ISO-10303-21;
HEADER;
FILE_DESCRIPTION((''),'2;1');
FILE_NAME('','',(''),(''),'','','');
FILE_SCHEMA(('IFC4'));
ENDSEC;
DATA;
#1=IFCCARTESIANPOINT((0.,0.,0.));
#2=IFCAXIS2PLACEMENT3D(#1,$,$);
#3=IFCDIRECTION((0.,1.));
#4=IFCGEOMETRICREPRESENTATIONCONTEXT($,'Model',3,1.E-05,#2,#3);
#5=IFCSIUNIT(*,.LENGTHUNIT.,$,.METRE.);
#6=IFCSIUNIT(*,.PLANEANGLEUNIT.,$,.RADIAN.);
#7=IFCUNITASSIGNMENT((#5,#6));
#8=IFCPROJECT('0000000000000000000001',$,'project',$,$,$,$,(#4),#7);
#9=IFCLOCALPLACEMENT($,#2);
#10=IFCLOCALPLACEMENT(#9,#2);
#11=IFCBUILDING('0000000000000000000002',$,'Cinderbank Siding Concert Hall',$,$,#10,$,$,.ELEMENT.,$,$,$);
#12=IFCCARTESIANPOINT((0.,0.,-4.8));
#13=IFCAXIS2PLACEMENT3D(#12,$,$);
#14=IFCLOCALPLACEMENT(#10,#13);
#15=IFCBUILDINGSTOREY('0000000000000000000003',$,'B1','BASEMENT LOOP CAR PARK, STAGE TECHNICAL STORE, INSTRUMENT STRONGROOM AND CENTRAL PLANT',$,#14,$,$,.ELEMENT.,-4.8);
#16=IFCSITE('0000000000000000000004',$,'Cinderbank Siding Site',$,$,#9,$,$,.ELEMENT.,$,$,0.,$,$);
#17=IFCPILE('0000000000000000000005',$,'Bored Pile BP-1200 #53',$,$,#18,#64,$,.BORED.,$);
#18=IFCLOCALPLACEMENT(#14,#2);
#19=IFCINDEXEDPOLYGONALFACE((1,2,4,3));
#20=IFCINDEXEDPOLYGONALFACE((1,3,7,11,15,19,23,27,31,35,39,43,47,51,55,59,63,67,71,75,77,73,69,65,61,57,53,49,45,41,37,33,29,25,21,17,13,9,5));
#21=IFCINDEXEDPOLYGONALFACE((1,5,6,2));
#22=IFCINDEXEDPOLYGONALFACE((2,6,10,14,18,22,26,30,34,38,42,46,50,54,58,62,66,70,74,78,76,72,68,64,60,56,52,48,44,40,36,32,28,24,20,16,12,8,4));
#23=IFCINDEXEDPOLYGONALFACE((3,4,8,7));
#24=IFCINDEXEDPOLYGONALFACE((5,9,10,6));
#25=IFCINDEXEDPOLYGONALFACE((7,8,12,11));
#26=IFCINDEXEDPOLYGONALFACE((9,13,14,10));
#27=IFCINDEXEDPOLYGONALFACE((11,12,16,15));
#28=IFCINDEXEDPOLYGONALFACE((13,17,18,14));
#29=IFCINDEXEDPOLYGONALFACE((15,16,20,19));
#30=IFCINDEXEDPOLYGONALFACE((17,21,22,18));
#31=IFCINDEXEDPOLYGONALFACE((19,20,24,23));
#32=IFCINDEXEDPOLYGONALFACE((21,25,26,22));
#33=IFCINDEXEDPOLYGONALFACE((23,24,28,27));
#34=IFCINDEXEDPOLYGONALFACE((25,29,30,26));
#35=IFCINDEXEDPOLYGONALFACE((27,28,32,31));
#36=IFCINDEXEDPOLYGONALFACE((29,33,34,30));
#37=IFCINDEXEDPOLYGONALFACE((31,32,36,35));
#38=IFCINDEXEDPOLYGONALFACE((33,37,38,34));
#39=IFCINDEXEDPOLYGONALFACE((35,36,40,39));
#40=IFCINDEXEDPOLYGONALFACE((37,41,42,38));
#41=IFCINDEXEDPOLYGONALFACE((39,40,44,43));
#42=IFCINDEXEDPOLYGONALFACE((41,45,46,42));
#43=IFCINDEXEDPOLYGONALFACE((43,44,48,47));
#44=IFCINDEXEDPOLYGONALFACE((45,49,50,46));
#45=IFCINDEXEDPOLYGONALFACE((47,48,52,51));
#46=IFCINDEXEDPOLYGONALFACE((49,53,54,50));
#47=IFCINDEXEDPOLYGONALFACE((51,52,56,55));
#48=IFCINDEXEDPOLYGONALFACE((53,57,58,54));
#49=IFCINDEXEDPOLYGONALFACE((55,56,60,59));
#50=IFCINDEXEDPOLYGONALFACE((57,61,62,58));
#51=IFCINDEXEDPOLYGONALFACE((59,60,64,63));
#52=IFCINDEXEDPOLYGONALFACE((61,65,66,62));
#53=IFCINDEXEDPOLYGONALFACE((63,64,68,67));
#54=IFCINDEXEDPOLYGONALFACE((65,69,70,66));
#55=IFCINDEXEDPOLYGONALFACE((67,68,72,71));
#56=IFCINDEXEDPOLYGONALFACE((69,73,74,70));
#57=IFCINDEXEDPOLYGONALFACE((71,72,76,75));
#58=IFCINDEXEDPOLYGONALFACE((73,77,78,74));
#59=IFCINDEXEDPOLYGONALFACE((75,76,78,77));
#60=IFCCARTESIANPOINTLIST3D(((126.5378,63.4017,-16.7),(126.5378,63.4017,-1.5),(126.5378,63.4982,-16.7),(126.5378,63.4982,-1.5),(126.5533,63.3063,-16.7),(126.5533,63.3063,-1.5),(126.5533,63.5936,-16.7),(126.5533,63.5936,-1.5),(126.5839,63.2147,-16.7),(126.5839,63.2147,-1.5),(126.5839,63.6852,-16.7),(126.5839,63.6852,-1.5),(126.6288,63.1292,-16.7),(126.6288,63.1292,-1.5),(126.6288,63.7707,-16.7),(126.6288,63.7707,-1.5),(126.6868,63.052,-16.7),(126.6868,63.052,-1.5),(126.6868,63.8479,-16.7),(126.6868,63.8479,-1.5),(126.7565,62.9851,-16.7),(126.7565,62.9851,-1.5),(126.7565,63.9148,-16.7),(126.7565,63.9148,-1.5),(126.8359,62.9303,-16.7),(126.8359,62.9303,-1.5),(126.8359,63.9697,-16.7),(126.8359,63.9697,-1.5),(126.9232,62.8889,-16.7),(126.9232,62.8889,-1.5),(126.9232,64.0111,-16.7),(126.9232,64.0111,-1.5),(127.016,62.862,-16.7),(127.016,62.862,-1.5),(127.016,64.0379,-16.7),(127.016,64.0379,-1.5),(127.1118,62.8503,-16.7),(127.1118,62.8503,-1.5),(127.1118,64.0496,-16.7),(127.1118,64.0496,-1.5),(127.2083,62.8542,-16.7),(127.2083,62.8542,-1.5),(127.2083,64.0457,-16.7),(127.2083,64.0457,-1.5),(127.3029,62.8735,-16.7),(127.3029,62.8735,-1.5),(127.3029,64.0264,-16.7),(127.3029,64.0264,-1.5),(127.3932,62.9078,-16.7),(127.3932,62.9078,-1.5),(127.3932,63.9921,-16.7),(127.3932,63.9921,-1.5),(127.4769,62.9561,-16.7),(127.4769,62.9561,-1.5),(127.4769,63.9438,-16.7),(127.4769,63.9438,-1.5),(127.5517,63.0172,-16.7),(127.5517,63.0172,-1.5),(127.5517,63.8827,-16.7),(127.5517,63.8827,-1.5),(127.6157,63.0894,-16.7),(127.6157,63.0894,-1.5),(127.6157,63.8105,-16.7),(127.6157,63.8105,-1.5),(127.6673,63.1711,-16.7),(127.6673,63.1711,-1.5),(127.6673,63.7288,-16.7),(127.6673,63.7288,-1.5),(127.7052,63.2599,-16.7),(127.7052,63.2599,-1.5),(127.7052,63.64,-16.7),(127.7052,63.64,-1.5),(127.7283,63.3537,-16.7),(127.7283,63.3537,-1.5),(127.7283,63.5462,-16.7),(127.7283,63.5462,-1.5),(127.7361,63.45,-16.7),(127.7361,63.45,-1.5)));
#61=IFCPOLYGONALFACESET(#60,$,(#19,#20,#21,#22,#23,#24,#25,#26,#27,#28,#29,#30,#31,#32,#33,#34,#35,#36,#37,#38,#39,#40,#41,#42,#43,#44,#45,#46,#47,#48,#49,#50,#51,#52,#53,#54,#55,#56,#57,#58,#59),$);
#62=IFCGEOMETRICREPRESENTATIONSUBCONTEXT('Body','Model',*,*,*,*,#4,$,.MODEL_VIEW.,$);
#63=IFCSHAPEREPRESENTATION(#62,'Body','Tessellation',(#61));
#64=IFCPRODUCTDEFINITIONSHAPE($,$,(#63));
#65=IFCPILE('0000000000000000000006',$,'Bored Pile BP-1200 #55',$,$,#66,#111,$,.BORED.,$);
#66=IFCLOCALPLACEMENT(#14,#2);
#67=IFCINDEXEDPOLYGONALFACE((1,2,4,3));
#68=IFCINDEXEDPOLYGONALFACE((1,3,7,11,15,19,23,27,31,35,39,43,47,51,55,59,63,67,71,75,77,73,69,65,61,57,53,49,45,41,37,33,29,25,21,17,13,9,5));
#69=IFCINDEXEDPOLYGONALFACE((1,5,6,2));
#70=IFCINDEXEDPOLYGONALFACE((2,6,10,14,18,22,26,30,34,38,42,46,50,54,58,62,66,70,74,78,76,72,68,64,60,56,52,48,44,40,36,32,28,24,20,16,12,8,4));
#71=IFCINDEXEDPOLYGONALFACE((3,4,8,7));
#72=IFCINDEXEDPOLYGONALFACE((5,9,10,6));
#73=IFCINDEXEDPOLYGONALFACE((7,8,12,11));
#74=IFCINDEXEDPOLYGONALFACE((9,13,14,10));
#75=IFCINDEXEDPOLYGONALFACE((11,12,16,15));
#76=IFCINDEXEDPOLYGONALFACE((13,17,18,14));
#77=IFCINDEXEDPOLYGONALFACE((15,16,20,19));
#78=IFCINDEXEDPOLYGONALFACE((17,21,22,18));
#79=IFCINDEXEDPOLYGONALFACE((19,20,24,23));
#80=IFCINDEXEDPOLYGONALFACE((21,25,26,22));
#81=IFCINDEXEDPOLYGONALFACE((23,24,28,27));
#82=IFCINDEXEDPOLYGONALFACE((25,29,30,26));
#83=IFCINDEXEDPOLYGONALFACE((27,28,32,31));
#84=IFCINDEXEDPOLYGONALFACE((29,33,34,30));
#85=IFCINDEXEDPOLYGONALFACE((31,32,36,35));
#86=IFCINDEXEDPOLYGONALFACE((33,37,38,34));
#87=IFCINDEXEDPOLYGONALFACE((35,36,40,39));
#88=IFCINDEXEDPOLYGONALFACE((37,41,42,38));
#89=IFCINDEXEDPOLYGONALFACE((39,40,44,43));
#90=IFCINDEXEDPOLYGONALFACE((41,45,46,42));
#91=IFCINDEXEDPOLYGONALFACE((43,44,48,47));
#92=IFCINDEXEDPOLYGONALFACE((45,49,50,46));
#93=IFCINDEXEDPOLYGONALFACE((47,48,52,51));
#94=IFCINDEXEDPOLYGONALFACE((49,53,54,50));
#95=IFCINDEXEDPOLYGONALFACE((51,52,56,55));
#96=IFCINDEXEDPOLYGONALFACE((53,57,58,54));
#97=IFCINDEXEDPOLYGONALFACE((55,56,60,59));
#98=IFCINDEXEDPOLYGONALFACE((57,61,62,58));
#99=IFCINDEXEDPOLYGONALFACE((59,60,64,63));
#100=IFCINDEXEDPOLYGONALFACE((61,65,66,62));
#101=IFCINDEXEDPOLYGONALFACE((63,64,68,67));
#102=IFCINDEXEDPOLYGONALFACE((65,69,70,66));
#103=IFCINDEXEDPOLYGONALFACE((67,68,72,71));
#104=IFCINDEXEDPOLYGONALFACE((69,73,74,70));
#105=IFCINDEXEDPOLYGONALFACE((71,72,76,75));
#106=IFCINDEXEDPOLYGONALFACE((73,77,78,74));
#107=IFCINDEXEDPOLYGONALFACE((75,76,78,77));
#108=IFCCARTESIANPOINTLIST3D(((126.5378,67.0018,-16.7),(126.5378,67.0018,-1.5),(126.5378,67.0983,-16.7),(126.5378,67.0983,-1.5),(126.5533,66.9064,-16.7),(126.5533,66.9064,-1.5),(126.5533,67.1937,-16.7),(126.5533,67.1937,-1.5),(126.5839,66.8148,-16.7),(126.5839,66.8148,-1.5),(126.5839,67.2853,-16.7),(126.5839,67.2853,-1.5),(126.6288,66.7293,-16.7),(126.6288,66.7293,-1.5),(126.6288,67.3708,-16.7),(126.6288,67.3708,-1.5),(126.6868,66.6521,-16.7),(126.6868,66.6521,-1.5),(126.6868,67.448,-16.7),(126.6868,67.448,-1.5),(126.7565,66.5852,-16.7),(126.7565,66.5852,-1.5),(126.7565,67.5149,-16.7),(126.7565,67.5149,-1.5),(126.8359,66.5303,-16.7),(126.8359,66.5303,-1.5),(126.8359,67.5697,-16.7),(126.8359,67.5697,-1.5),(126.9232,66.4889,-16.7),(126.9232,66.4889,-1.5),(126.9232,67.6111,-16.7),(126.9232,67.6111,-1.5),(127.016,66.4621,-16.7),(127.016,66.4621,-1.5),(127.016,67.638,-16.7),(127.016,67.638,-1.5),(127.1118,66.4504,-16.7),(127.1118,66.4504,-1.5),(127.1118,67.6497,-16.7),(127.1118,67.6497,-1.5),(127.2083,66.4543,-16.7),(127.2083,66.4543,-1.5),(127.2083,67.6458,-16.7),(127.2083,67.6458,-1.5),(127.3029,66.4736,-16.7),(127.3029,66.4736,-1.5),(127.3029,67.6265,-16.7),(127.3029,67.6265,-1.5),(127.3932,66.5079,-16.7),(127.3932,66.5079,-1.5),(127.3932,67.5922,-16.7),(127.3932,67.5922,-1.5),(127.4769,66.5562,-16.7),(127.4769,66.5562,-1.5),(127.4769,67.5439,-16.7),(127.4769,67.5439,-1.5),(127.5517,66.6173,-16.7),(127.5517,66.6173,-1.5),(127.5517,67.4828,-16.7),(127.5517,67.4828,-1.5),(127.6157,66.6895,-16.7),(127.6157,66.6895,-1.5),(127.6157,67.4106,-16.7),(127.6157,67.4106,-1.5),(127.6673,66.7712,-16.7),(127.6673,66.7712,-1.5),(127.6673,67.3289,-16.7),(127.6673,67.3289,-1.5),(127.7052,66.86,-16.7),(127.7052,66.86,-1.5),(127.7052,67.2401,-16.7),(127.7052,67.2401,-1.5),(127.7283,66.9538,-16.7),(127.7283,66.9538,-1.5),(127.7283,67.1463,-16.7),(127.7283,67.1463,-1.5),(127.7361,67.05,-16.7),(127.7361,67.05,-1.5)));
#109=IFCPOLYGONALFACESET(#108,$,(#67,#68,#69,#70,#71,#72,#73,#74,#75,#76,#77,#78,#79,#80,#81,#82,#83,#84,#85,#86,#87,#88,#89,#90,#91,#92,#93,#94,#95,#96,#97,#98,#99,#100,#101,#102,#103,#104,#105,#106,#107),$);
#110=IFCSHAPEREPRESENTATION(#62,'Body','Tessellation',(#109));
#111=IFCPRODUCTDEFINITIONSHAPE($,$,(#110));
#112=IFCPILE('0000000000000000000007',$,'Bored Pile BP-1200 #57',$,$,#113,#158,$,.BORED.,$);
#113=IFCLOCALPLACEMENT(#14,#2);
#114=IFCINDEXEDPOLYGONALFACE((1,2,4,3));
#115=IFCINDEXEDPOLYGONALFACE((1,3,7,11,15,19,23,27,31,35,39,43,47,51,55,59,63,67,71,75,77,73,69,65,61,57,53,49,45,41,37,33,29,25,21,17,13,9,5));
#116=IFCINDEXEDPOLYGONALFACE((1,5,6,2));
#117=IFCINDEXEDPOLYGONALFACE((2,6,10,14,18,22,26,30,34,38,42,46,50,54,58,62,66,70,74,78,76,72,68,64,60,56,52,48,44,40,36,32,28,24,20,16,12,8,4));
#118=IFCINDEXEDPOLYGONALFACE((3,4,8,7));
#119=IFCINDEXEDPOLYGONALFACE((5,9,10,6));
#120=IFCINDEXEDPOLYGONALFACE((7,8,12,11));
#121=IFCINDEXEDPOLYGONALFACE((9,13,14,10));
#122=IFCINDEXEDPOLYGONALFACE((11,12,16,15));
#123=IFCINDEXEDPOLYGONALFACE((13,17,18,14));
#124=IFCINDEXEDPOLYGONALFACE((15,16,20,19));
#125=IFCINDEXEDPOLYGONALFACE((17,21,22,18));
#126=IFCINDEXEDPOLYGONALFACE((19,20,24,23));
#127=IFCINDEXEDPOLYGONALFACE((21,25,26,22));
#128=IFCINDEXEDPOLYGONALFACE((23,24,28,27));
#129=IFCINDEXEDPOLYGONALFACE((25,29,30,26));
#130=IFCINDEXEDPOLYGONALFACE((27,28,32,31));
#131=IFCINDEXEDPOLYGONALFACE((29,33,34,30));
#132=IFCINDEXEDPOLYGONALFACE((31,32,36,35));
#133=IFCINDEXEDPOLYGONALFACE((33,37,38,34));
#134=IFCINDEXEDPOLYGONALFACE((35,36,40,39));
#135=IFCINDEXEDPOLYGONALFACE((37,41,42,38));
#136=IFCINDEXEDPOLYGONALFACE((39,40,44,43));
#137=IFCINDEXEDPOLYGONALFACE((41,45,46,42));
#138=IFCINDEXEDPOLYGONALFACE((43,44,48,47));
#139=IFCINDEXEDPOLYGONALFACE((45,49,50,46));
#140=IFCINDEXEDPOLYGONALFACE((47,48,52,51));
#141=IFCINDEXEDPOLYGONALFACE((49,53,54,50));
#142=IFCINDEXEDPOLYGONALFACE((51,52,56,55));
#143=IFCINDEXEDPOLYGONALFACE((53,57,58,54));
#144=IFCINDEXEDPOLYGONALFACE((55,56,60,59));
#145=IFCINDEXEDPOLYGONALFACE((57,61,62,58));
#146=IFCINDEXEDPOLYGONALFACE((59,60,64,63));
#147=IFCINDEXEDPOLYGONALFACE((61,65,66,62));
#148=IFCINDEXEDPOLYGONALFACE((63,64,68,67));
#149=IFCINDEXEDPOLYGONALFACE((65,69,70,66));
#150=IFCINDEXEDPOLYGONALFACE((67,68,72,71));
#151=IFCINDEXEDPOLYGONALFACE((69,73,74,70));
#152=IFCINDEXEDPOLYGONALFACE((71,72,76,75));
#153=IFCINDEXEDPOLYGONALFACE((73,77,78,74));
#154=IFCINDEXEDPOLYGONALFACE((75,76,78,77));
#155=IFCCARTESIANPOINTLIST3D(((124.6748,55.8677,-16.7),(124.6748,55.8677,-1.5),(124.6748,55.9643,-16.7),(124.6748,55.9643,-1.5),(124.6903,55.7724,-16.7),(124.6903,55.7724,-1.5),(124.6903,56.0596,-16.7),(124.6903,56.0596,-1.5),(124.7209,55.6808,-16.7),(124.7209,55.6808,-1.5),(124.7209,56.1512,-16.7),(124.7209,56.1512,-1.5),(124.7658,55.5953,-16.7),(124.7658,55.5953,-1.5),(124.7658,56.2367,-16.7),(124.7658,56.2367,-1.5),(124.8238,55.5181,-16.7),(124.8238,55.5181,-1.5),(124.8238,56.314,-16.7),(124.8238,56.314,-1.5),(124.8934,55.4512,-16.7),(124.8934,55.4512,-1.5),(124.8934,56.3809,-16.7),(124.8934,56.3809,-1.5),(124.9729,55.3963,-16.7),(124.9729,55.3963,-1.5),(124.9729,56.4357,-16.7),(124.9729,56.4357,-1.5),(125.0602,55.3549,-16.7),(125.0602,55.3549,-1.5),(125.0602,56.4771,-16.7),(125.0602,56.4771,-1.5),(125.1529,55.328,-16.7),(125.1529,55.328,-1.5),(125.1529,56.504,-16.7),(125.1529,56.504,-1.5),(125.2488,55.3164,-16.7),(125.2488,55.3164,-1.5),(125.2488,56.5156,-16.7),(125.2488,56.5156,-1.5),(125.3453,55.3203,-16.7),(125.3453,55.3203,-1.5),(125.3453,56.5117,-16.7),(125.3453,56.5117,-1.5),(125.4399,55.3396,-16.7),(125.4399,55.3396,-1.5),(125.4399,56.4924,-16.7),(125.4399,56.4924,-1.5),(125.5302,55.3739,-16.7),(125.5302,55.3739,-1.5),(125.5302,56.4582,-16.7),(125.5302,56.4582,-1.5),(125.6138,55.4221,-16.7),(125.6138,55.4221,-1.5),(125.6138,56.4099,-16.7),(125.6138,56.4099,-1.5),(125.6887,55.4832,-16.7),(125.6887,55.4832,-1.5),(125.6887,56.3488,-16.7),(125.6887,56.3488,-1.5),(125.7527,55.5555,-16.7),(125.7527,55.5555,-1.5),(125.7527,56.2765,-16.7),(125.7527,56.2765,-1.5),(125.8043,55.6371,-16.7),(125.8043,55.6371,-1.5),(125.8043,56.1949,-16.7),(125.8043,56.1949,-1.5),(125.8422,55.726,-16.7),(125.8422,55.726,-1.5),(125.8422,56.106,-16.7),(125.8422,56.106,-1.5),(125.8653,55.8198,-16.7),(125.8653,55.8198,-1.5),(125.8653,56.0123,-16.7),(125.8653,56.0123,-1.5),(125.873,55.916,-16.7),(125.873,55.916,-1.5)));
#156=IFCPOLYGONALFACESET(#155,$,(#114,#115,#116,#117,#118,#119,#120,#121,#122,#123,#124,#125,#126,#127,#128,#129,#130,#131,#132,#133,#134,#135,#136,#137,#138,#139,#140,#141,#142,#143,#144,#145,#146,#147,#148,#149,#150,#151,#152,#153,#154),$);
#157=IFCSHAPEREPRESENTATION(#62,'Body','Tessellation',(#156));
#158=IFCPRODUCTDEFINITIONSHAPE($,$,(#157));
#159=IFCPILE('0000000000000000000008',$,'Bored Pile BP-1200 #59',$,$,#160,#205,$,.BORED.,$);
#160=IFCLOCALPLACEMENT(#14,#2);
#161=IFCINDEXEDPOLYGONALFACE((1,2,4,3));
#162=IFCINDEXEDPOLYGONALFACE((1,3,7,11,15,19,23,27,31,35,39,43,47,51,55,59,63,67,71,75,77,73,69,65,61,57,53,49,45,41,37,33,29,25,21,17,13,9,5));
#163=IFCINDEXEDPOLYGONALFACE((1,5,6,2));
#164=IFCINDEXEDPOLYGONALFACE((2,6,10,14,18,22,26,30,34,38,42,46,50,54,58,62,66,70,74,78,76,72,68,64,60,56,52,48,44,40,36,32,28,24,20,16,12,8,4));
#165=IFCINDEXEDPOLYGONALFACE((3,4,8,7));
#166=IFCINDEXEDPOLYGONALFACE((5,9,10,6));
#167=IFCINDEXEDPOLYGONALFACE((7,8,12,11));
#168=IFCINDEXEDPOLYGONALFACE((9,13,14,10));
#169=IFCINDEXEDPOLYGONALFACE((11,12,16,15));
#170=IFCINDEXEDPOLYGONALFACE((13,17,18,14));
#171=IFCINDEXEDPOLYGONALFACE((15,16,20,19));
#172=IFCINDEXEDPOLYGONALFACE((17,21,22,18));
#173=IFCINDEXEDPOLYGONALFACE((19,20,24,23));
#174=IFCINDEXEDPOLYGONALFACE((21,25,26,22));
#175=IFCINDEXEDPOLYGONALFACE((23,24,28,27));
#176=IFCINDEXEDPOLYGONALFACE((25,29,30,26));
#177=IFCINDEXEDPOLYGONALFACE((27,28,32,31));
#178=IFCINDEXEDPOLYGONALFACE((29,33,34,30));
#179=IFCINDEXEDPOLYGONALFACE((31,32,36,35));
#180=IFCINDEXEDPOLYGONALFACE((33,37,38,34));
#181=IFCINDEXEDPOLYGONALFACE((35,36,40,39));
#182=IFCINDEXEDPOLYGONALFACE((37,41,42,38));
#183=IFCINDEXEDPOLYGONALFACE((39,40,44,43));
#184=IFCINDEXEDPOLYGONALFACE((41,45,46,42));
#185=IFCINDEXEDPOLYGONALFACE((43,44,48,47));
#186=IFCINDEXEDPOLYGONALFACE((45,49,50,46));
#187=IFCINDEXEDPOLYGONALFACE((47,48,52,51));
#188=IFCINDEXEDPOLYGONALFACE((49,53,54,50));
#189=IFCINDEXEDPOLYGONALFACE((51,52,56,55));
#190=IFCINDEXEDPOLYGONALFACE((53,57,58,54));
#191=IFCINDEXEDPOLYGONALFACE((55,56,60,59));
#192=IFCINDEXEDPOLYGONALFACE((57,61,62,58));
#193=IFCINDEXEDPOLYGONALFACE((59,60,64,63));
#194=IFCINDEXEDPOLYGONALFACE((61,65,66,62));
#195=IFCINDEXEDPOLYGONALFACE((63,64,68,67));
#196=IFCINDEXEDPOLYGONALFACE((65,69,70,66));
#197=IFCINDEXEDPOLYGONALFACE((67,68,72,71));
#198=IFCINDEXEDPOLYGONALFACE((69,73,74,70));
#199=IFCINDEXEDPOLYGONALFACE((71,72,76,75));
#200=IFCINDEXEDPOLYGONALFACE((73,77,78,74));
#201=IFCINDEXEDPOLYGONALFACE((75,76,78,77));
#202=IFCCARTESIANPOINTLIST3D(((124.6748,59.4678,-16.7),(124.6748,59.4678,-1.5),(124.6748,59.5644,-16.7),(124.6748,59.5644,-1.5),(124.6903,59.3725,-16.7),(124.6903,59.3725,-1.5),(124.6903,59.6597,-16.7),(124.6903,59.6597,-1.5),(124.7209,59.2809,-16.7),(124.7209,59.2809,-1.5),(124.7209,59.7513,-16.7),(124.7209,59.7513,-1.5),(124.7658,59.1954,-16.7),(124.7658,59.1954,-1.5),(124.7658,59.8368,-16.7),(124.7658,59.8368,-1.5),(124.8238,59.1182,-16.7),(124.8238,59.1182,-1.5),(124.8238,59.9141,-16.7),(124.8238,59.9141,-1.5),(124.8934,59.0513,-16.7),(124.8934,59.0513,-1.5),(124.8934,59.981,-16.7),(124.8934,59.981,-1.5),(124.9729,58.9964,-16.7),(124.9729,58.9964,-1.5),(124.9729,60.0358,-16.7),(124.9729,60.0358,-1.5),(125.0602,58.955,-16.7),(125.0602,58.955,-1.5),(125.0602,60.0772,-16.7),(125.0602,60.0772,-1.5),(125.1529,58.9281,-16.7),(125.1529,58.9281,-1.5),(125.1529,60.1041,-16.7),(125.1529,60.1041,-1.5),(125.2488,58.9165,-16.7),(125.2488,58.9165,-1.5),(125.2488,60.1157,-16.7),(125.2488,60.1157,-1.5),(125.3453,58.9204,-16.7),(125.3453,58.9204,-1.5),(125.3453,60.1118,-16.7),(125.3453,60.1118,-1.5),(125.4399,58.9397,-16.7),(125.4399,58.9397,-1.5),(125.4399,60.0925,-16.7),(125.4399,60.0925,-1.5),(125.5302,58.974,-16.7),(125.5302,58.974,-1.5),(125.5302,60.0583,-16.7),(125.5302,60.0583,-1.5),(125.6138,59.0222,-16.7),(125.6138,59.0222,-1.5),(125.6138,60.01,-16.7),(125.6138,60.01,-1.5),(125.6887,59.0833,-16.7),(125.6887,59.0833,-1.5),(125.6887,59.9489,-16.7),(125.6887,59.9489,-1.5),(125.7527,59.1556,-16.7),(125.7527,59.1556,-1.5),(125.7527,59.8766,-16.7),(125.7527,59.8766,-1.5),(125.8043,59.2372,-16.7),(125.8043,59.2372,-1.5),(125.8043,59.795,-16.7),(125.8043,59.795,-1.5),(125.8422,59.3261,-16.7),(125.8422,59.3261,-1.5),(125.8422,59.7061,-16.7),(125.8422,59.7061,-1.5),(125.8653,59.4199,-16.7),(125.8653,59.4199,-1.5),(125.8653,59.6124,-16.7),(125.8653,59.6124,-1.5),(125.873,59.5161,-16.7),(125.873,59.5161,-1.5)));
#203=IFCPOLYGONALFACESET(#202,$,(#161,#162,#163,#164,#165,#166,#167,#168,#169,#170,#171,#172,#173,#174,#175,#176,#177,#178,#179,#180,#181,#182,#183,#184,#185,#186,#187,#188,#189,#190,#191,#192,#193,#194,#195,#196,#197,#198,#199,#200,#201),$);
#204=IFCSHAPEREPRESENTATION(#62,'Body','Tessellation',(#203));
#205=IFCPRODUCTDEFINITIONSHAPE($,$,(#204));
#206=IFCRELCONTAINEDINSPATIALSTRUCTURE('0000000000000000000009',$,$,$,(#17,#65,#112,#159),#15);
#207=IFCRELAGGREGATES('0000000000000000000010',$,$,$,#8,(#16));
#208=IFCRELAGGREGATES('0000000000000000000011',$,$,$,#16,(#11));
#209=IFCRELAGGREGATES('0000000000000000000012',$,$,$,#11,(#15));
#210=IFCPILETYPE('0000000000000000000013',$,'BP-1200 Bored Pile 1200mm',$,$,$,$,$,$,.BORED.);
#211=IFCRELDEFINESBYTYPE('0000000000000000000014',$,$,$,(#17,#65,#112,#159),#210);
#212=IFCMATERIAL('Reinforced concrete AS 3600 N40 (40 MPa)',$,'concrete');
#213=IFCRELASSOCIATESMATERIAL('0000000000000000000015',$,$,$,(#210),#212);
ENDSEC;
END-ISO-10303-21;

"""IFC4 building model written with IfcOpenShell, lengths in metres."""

from ifc_helpers import new_model, si_unit, direction, frame, origin, origin_2d, place, context, subcontext, project, spatial, circle, extrude, material, material_profile, profile_set, type_object, element, save


model = new_model("IFC4")

# Units and contexts
model_context = context("Model", 3, precision=1e-05, world=origin(), true_north=direction((0.0, 1.0)))
body_context = subcontext(model_context, "Body", "Model", "MODEL_VIEW")
ifc_project = project(units=[si_unit("LENGTHUNIT", "METRE"), si_unit("PLANEANGLEUNIT", "RADIAN")], contexts=[model_context])

# Site, building, storey
site_placement = place(None, origin())
site = spatial("IfcSite", under=ifc_project, at=site_placement, Name="Cinderbank Siding Site", CompositionType="ELEMENT", RefElevation=0.0)
building_placement = place(site_placement, origin())
building = spatial("IfcBuilding", under=site, at=building_placement, Name="Cinderbank Siding Concert Hall", CompositionType="ELEMENT")
storey_placement = place(building_placement, frame((0.0, 0.0, -4.8)))
storey = spatial("IfcBuildingStorey", under=building, at=storey_placement, Name="B1", Description="BASEMENT LOOP CAR PARK, STAGE TECHNICAL STORE, INSTRUMENT STRONGROOM AND CENTRAL PLANT", CompositionType="ELEMENT", Elevation=-4.8)

# Piles
ifc_material_1 = material(Name="Reinforced concrete AS 3600 N40 (40 MPa)", Category="concrete")
ifc_material_profile_1 = material_profile(ifc_material_1, circle(Radius=0.6001, at=origin_2d()), Name="PILE-1200DIA", Category="LoadBearing")
ifc_profile_set_1 = profile_set([ifc_material_profile_1], Name="Reinforced concrete AS 3600 N40 (40 MPa)")
pile_type = type_object("IfcPileType", Name="BP-1200 Bored Pile 1200mm", PredefinedType="BORED", material=ifc_profile_set_1)
for number, where, z_axis, x_axis, name in (
    (1, (127.136, 63.45, -1.5), (0.0, 0.0, -1.0), (1.0, 0.0, 0.0), "Bored Pile BP-1200 #53"),
    (2, (127.136, 67.05, -1.5), (0.0, 0.0, -1.0), (1.0, 0.0, 0.0), "Bored Pile BP-1200 #55"),
    (3, (125.2729, 55.916, -1.5), (0.0, 0.0, -1.0), (1.0, 0.0, 0.0), "Bored Pile BP-1200 #57"),
    (4, (125.2729, 59.5161, -1.5), (0.0, 0.0, -1.0), (1.0, 0.0, 0.0), "Bored Pile BP-1200 #59"),
):
    element("IfcPile", number, at=place(storey_placement, frame(where, z_axis=z_axis, x_axis=x_axis)), inside=storey, type_object=pile_type, Name=name, PredefinedType="BORED", context=body_context, shape_type="SweptSolid", body=[
        extrude(circle(Radius=0.6001, at=origin_2d()), origin(), (0.0, 0.0, 1.0), 15.2),
    ])

save(model, "model.ifc")
